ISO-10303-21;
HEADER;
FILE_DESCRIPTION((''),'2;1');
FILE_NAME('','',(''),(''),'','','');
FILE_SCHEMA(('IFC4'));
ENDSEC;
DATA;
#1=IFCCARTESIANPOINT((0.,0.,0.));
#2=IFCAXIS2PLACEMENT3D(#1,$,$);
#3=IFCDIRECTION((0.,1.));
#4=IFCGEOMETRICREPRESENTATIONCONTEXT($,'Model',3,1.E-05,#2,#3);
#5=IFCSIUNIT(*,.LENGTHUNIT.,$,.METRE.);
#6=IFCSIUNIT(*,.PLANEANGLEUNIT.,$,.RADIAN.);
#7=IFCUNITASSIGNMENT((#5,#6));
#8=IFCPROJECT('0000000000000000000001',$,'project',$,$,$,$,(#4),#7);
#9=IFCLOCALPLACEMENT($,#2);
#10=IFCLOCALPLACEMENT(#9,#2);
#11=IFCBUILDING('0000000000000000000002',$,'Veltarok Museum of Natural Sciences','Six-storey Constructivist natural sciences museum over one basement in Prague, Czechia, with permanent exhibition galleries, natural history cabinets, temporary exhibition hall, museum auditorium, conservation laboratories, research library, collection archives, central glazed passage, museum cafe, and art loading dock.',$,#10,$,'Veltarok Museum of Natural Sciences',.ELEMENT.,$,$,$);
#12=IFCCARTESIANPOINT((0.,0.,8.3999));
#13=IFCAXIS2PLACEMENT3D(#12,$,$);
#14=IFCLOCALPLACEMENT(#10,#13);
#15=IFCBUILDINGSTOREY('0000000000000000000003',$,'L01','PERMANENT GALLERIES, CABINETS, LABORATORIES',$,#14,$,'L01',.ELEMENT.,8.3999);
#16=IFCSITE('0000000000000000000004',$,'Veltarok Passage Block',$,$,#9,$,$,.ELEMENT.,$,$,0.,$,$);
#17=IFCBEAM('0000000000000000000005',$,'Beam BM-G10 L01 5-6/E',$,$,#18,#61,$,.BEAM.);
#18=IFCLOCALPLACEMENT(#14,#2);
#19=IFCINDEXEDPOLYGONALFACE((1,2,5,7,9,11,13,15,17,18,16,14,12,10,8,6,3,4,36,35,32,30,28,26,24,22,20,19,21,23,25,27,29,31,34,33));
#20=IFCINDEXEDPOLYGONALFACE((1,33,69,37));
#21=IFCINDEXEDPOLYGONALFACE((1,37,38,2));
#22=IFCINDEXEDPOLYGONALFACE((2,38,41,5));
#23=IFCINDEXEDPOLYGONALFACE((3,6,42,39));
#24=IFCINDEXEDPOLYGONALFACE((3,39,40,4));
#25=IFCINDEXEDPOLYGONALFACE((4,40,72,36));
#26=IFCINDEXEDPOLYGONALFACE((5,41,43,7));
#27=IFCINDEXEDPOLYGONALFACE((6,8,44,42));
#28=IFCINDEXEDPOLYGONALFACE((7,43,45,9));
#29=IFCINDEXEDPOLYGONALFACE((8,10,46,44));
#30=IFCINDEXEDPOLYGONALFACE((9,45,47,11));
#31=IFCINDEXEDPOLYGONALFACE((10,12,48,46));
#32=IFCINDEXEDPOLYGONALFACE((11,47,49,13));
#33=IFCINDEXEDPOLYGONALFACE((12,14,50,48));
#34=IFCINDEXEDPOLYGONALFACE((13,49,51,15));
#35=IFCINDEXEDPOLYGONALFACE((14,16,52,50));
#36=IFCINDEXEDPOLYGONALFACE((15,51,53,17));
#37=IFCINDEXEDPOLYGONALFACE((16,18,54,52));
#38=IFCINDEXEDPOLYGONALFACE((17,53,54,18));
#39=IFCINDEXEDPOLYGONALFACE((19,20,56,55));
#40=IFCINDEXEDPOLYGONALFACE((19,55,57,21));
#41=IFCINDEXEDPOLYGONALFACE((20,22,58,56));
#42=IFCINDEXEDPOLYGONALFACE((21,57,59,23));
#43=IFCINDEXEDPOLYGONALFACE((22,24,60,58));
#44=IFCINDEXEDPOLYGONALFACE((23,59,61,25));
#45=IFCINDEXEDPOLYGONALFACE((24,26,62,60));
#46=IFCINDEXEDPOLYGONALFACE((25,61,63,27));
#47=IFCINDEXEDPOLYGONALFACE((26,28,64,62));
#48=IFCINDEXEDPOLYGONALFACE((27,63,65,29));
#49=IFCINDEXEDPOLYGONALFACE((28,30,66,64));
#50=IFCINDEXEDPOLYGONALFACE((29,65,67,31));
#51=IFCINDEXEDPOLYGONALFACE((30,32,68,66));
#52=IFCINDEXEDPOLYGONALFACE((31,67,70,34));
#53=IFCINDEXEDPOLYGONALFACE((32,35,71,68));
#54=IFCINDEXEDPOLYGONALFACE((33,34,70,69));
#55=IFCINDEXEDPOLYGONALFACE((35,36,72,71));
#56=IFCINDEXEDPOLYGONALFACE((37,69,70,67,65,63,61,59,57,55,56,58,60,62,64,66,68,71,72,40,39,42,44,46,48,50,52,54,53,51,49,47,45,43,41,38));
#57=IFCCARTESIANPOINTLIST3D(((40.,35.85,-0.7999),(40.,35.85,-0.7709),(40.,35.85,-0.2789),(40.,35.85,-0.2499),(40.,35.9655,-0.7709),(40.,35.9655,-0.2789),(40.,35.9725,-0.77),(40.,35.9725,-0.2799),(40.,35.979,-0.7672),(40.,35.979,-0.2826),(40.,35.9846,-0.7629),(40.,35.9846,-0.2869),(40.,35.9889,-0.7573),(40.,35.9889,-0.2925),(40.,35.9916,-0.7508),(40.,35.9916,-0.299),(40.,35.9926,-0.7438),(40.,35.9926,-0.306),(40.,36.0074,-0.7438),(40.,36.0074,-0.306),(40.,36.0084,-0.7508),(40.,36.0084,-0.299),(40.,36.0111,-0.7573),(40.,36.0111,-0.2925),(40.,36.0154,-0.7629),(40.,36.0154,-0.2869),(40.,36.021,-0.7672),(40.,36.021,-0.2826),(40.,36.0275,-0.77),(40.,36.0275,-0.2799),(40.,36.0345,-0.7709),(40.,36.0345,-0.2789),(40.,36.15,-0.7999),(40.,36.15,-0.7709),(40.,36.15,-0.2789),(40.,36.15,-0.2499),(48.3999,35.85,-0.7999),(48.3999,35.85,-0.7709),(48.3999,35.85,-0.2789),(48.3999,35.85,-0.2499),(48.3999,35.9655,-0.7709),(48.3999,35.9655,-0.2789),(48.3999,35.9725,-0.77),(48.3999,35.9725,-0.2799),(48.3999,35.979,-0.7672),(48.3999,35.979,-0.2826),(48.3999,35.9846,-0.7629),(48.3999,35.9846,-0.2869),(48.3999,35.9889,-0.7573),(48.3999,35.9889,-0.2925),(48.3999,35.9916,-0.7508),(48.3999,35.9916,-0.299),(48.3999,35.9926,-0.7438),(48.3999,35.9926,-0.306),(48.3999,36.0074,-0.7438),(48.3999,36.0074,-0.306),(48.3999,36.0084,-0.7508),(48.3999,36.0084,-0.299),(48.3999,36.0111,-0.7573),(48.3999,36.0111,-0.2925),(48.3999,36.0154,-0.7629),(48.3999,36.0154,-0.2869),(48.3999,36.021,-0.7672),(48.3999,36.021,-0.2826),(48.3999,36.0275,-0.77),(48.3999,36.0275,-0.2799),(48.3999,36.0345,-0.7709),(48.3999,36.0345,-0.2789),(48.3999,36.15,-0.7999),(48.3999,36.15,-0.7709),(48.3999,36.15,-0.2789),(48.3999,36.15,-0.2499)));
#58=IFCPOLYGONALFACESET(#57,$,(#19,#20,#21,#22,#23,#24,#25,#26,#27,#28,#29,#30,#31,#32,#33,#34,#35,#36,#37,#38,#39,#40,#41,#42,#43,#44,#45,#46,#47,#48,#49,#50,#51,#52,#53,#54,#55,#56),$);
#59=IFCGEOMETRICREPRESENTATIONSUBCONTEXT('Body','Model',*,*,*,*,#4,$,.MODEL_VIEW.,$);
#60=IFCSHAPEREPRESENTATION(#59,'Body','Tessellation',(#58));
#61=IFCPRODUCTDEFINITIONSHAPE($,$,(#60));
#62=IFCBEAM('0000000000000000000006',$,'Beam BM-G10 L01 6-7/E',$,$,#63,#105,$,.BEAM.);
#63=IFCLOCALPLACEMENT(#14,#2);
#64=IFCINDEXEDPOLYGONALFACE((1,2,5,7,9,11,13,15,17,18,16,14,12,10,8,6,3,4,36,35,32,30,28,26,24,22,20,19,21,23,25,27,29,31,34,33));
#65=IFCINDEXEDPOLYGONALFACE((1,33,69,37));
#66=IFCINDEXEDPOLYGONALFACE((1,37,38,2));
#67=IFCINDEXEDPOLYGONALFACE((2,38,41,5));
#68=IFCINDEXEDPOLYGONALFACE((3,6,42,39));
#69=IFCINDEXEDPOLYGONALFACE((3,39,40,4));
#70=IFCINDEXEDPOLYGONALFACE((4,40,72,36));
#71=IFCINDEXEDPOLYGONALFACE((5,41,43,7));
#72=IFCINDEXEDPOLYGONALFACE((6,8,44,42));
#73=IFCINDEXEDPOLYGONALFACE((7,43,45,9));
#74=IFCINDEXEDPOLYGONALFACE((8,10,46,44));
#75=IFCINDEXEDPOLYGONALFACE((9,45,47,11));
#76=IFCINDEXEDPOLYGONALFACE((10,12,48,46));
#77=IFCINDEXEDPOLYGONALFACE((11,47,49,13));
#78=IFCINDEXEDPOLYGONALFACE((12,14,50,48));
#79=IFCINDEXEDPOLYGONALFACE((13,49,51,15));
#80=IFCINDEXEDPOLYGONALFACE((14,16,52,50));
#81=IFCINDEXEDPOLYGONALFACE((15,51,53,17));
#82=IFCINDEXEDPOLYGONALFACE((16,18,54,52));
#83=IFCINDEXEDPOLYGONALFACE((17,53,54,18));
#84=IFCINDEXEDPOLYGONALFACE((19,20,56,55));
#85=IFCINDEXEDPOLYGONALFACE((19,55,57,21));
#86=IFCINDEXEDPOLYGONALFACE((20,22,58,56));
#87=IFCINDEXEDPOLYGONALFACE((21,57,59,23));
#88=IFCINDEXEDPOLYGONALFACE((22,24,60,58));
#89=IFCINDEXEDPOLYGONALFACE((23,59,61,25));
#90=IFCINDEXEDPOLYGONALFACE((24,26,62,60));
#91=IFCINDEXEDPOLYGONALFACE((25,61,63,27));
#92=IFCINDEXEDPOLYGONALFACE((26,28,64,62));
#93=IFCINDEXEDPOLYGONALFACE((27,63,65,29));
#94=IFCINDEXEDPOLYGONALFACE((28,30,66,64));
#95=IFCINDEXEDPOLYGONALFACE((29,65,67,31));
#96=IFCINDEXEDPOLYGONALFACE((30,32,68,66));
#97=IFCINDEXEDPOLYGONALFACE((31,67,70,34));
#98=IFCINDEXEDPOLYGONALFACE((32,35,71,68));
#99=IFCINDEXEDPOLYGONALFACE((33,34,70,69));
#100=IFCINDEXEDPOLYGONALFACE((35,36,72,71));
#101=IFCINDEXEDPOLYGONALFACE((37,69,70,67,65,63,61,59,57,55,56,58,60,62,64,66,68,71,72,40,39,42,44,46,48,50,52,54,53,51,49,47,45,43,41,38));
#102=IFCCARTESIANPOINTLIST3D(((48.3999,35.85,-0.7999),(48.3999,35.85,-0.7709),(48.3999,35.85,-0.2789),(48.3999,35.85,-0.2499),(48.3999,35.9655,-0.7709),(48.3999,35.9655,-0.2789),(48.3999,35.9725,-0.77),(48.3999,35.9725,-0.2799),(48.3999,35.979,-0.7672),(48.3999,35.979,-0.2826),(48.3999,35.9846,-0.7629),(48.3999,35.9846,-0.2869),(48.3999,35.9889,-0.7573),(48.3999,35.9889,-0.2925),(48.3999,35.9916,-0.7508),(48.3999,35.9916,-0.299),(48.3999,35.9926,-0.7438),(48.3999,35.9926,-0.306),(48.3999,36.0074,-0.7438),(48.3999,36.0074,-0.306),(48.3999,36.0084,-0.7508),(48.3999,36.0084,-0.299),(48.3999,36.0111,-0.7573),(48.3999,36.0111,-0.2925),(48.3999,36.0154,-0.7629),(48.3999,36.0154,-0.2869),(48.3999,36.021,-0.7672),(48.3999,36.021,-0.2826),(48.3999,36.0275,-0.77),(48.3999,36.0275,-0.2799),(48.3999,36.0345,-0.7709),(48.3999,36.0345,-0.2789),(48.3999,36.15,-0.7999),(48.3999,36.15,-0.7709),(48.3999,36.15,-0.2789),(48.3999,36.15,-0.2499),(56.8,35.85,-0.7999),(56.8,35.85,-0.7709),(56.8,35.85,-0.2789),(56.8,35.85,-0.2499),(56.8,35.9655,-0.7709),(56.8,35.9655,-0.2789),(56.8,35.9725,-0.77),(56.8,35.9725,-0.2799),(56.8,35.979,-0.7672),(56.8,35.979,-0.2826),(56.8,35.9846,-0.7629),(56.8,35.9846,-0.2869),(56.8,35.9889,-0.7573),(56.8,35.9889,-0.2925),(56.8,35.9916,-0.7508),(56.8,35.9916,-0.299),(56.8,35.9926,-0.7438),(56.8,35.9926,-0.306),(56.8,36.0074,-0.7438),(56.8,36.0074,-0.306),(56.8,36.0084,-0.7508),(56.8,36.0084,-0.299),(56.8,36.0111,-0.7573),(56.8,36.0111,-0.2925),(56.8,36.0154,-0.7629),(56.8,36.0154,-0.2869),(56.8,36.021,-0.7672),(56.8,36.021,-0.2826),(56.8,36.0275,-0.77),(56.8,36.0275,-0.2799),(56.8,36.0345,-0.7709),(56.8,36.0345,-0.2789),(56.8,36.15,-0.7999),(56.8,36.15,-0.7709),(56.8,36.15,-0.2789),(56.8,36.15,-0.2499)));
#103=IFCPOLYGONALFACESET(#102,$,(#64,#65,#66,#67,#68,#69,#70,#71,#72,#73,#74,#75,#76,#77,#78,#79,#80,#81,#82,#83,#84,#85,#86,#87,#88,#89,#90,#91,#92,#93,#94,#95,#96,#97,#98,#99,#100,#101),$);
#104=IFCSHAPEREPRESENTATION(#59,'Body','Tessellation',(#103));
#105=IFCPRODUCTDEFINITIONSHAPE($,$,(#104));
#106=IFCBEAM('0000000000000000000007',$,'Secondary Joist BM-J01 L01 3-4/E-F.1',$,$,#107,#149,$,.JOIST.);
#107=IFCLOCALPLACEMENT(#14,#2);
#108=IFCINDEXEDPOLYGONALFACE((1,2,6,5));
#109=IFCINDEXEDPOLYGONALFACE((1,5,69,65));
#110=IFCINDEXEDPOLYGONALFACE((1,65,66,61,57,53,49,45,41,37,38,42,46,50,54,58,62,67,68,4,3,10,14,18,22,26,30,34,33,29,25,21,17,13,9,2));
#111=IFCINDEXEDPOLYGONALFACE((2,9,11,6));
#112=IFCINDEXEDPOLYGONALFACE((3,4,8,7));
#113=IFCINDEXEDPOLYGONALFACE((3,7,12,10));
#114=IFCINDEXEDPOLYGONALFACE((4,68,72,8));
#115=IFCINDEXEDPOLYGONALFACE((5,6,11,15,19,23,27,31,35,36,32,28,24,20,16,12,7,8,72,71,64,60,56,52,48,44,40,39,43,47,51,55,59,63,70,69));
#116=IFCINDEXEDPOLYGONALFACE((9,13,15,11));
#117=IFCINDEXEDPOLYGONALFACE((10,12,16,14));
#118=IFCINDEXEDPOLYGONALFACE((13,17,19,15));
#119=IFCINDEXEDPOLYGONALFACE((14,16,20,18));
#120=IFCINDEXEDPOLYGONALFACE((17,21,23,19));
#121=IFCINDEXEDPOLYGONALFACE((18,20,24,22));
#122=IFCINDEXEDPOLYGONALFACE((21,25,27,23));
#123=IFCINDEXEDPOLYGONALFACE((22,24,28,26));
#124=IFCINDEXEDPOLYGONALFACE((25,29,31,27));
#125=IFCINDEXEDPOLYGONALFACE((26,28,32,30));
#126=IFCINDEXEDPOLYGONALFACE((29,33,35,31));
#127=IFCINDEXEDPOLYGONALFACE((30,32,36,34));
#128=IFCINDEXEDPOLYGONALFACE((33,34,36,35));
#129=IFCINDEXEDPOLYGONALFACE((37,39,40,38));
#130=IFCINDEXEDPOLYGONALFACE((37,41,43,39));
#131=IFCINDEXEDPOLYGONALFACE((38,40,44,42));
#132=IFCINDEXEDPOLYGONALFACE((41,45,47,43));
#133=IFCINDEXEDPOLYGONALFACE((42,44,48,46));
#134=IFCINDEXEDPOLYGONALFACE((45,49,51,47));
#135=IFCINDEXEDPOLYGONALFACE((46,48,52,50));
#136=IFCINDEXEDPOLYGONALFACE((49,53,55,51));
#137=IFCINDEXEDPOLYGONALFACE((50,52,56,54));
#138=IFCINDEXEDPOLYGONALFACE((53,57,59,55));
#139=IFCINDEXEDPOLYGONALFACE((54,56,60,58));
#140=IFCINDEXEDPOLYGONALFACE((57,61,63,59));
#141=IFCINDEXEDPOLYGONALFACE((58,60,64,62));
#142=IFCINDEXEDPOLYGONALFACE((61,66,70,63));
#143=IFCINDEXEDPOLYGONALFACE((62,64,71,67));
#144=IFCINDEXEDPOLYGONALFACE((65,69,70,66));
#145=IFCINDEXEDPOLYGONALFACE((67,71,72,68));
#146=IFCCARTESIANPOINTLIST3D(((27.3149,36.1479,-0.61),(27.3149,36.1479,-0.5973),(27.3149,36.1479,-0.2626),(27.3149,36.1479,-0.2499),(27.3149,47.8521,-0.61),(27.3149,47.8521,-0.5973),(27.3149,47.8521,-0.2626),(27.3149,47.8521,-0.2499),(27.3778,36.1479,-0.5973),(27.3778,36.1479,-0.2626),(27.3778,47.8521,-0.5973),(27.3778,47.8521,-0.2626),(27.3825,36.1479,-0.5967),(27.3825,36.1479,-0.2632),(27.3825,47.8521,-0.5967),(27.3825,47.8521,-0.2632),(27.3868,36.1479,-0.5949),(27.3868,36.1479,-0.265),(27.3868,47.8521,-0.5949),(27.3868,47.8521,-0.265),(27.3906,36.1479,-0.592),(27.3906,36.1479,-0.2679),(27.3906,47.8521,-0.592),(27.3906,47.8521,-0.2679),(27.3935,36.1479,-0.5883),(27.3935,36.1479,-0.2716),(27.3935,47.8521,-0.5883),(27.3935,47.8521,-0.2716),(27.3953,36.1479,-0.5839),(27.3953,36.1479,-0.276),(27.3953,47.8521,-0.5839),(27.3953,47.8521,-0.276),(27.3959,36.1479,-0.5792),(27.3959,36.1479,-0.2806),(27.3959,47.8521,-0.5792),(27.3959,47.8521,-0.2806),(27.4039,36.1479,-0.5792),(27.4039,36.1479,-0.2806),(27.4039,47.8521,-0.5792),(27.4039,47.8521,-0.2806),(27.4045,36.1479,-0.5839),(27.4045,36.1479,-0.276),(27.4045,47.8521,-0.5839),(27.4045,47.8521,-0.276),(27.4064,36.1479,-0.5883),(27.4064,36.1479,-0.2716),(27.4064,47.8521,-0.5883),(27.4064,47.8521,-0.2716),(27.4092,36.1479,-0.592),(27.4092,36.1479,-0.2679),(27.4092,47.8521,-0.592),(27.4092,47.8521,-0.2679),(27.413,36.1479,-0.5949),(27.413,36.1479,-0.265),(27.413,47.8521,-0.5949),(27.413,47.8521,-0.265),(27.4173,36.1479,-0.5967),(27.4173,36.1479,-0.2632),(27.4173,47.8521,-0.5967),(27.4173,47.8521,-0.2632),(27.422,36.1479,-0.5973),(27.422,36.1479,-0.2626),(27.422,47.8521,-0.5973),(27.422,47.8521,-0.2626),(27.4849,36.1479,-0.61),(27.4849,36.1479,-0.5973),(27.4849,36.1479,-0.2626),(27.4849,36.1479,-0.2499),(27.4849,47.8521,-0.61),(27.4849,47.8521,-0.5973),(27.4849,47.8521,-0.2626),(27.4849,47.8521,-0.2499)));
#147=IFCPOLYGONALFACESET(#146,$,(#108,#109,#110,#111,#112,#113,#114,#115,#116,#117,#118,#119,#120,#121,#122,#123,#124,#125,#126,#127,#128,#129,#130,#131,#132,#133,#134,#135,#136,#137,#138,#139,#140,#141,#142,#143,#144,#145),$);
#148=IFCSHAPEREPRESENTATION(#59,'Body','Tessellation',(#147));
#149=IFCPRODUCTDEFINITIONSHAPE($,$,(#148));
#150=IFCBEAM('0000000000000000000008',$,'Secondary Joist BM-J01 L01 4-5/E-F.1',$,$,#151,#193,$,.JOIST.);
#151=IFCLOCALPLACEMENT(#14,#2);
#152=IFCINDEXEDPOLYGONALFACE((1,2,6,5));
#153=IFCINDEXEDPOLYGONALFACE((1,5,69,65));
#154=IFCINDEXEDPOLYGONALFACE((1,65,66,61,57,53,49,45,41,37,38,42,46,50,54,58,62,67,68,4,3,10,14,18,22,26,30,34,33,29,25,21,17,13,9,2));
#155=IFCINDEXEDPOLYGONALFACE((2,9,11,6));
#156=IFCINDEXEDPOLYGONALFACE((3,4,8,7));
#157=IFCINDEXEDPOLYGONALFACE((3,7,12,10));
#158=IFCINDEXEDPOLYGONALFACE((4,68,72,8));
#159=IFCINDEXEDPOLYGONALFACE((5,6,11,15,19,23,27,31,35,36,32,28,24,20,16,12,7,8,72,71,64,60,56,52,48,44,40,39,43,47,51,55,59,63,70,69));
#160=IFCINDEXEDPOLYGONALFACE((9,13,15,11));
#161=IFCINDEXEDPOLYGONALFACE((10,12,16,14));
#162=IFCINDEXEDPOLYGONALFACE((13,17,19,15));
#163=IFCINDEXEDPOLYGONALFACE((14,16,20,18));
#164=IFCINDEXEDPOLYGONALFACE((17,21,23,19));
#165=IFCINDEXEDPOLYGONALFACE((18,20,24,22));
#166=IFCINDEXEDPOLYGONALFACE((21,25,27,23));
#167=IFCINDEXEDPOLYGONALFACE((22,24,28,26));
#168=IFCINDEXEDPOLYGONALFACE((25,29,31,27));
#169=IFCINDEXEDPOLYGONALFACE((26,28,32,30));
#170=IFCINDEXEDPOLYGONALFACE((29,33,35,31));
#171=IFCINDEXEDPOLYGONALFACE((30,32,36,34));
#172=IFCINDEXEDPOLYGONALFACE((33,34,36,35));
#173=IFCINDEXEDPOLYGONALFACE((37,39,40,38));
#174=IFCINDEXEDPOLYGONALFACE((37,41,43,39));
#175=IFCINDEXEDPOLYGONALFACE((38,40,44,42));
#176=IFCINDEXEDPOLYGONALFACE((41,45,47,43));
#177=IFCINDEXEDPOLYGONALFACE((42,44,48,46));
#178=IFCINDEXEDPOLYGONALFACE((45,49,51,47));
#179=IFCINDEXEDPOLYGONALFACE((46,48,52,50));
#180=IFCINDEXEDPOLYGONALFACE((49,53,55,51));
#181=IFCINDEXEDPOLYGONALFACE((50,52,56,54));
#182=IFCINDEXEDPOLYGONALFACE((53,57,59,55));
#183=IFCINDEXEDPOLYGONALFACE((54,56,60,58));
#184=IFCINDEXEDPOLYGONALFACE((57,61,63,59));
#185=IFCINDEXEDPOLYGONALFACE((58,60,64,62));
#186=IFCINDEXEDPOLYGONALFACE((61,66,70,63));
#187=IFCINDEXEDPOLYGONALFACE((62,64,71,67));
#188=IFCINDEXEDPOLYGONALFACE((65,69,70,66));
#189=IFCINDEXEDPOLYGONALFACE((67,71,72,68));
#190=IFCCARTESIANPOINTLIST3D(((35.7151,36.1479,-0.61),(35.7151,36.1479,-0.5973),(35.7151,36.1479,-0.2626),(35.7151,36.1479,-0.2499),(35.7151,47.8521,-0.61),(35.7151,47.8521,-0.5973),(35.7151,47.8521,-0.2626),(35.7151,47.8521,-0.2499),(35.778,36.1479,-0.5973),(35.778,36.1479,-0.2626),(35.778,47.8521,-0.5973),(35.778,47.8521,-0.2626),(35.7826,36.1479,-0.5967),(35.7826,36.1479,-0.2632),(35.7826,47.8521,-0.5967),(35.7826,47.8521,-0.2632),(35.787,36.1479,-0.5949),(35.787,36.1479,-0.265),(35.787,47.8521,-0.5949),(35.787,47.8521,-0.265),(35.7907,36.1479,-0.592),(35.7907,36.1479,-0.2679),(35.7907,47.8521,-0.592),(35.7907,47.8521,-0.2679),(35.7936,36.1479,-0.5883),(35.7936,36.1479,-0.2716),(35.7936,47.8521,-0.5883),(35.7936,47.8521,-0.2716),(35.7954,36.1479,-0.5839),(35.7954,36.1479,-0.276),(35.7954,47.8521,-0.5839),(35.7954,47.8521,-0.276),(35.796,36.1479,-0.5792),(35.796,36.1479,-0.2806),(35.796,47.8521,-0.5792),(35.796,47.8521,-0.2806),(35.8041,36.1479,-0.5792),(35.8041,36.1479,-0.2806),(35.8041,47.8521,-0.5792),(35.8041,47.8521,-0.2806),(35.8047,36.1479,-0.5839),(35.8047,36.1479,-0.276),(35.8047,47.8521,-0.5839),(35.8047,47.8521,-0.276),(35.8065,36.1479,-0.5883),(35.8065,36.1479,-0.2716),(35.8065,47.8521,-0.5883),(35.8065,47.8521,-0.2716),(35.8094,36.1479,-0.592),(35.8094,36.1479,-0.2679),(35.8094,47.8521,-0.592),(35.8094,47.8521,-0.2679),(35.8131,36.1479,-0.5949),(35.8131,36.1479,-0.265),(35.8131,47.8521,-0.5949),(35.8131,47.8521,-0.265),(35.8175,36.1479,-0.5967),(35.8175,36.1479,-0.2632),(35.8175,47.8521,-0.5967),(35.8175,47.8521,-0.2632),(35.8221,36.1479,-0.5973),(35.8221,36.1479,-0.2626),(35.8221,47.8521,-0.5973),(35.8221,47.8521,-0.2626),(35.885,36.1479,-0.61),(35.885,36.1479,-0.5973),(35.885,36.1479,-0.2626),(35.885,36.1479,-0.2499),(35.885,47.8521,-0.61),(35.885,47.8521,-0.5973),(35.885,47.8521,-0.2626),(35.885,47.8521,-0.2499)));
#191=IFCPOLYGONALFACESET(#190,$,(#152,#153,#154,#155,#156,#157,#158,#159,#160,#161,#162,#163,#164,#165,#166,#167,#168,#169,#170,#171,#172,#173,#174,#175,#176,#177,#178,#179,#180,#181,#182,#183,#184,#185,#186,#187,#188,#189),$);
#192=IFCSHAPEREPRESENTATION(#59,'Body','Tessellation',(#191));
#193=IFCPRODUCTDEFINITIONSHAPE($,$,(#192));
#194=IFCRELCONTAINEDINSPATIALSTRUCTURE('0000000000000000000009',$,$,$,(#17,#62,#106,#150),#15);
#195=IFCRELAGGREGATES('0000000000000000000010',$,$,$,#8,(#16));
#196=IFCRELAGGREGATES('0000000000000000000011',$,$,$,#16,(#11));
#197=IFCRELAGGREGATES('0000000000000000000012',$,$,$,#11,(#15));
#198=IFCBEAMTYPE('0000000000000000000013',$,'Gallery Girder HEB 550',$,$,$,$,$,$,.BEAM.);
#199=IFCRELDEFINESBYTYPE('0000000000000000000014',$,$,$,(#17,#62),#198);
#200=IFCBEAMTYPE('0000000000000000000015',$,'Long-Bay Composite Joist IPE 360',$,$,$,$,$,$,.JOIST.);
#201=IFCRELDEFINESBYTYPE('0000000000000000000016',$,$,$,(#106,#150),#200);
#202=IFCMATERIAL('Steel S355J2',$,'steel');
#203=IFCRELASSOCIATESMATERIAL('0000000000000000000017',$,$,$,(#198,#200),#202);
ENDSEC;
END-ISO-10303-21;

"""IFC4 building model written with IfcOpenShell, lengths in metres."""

from ifc_helpers import new_model, si_unit, direction, frame, origin, origin_2d, place, context, subcontext, project, spatial, i_section, extrude, material, material_profile, profile_set, type_object, element, save


model = new_model("IFC4")

# Units and contexts
model_context = context("Model", 3, precision=1e-05, world=origin(), true_north=direction((0.0, 1.0)))
body_context = subcontext(model_context, "Body", "Model", "MODEL_VIEW")
ifc_project = project(units=[si_unit("LENGTHUNIT", "METRE"), si_unit("PLANEANGLEUNIT", "RADIAN")], contexts=[model_context])

# Site, building, storey
site_placement = place(None, origin())
site = spatial("IfcSite", under=ifc_project, at=site_placement, Name="Veltarok Passage Block", CompositionType="ELEMENT", RefElevation=0.0)
building_placement = place(site_placement, origin())
building = spatial("IfcBuilding", under=site, at=building_placement, Name="Veltarok Museum of Natural Sciences", Description="Six-storey Constructivist natural sciences museum over one basement in Prague, Czechia, with permanent exhibition galleries, natural history cabinets, temporary exhibition hall, museum auditorium, conservation laboratories, research library, collection archives, central glazed passage, museum cafe, and art loading dock.", LongName="Veltarok Museum of Natural Sciences", CompositionType="ELEMENT")
storey_placement = place(building_placement, frame((0.0, 0.0, 8.3999)))
storey = spatial("IfcBuildingStorey", under=building, at=storey_placement, Name="L01", Description="PERMANENT GALLERIES, CABINETS, LABORATORIES", LongName="L01", CompositionType="ELEMENT", Elevation=8.3999)

# Shared definitions
ifc_material_1 = material(Name="Steel S355J2", Category="steel")

# Beams
ifc_material_profile_1 = material_profile(ifc_material_1, i_section(OverallWidth=0.3, OverallDepth=0.55, WebThickness=0.0149, FlangeThickness=0.0291, FilletRadius=0.0271, at=origin_2d()), Name="HEB 550")
ifc_profile_set_1 = profile_set([ifc_material_profile_1], Name="Steel S355J2")
beam_type_1 = type_object("IfcBeamType", Name="Gallery Girder HEB 550", PredefinedType="BEAM", material=ifc_profile_set_1)
for number, where, z_axis, x_axis, name in (
    (1, (40.0, 36.0, -0.5249), (1.0, 0.0, 0.0), (0.0, 1.0, 0.0), "Beam BM-G10 L01 5-6/E"),
):
    element("IfcBeam", number, at=place(storey_placement, frame(where, z_axis=z_axis, x_axis=x_axis)), inside=storey, type_object=beam_type_1, Name=name, PredefinedType="BEAM", context=body_context, shape_type="SweptSolid", body=[
        extrude(i_section(OverallWidth=0.3, OverallDepth=0.55, WebThickness=0.0149, FlangeThickness=0.0291, FilletRadius=0.0271, at=origin_2d()), origin(), (0.0, 0.0, 1.0), 8.3999),
    ])
beam_1_placement = place(storey_placement, frame((48.3999, 36.0, -0.5249), z_axis=(1.0, 0.0, 0.0), x_axis=(0.0, 1.0, 0.0)))
element("IfcBeam", 2, at=beam_1_placement, inside=storey, type_object=beam_type_1, Name="Beam BM-G10 L01 6-7/E", PredefinedType="BEAM", context=body_context, shape_type="SweptSolid", body=[
    extrude(i_section(OverallWidth=0.3, OverallDepth=0.55, WebThickness=0.0149, FlangeThickness=0.0291, FilletRadius=0.0271, at=origin_2d()), origin(), (0.0, 0.0, 1.0), 8.4001),
])
ifc_material_profile_2 = material_profile(ifc_material_1, i_section(OverallWidth=0.1699, OverallDepth=0.3601, WebThickness=0.0081, FlangeThickness=0.0127, FilletRadius=0.0181, at=origin_2d()), Name="IPE 360")
ifc_profile_set_2 = profile_set([ifc_material_profile_2], Name="Steel S355J2")
beam_type_2 = type_object("IfcBeamType", Name="Long-Bay Composite Joist IPE 360", PredefinedType="JOIST", material=ifc_profile_set_2)
for number, where, z_axis, x_axis, name in (
    (3, (27.3999, 36.1479, -0.4299), (0.0, 1.0, 0.0), (-1.0, 0.0, 0.0), "Secondary Joist BM-J01 L01 3-4/E-F.1"),
    (4, (35.8, 36.1479, -0.4299), (0.0, 1.0, 0.0), (-1.0, 0.0, 0.0), "Secondary Joist BM-J01 L01 4-5/E-F.1"),
):
    element("IfcBeam", number, at=place(storey_placement, frame(where, z_axis=z_axis, x_axis=x_axis)), inside=storey, type_object=beam_type_2, Name=name, PredefinedType="JOIST", context=body_context, shape_type="SweptSolid", body=[
        extrude(i_section(OverallWidth=0.1699, OverallDepth=0.3601, WebThickness=0.0081, FlangeThickness=0.0127, FilletRadius=0.0181, at=origin_2d()), origin(), (0.0, 0.0, 1.0), 11.7041),
    ])

save(model, "model.ifc")
